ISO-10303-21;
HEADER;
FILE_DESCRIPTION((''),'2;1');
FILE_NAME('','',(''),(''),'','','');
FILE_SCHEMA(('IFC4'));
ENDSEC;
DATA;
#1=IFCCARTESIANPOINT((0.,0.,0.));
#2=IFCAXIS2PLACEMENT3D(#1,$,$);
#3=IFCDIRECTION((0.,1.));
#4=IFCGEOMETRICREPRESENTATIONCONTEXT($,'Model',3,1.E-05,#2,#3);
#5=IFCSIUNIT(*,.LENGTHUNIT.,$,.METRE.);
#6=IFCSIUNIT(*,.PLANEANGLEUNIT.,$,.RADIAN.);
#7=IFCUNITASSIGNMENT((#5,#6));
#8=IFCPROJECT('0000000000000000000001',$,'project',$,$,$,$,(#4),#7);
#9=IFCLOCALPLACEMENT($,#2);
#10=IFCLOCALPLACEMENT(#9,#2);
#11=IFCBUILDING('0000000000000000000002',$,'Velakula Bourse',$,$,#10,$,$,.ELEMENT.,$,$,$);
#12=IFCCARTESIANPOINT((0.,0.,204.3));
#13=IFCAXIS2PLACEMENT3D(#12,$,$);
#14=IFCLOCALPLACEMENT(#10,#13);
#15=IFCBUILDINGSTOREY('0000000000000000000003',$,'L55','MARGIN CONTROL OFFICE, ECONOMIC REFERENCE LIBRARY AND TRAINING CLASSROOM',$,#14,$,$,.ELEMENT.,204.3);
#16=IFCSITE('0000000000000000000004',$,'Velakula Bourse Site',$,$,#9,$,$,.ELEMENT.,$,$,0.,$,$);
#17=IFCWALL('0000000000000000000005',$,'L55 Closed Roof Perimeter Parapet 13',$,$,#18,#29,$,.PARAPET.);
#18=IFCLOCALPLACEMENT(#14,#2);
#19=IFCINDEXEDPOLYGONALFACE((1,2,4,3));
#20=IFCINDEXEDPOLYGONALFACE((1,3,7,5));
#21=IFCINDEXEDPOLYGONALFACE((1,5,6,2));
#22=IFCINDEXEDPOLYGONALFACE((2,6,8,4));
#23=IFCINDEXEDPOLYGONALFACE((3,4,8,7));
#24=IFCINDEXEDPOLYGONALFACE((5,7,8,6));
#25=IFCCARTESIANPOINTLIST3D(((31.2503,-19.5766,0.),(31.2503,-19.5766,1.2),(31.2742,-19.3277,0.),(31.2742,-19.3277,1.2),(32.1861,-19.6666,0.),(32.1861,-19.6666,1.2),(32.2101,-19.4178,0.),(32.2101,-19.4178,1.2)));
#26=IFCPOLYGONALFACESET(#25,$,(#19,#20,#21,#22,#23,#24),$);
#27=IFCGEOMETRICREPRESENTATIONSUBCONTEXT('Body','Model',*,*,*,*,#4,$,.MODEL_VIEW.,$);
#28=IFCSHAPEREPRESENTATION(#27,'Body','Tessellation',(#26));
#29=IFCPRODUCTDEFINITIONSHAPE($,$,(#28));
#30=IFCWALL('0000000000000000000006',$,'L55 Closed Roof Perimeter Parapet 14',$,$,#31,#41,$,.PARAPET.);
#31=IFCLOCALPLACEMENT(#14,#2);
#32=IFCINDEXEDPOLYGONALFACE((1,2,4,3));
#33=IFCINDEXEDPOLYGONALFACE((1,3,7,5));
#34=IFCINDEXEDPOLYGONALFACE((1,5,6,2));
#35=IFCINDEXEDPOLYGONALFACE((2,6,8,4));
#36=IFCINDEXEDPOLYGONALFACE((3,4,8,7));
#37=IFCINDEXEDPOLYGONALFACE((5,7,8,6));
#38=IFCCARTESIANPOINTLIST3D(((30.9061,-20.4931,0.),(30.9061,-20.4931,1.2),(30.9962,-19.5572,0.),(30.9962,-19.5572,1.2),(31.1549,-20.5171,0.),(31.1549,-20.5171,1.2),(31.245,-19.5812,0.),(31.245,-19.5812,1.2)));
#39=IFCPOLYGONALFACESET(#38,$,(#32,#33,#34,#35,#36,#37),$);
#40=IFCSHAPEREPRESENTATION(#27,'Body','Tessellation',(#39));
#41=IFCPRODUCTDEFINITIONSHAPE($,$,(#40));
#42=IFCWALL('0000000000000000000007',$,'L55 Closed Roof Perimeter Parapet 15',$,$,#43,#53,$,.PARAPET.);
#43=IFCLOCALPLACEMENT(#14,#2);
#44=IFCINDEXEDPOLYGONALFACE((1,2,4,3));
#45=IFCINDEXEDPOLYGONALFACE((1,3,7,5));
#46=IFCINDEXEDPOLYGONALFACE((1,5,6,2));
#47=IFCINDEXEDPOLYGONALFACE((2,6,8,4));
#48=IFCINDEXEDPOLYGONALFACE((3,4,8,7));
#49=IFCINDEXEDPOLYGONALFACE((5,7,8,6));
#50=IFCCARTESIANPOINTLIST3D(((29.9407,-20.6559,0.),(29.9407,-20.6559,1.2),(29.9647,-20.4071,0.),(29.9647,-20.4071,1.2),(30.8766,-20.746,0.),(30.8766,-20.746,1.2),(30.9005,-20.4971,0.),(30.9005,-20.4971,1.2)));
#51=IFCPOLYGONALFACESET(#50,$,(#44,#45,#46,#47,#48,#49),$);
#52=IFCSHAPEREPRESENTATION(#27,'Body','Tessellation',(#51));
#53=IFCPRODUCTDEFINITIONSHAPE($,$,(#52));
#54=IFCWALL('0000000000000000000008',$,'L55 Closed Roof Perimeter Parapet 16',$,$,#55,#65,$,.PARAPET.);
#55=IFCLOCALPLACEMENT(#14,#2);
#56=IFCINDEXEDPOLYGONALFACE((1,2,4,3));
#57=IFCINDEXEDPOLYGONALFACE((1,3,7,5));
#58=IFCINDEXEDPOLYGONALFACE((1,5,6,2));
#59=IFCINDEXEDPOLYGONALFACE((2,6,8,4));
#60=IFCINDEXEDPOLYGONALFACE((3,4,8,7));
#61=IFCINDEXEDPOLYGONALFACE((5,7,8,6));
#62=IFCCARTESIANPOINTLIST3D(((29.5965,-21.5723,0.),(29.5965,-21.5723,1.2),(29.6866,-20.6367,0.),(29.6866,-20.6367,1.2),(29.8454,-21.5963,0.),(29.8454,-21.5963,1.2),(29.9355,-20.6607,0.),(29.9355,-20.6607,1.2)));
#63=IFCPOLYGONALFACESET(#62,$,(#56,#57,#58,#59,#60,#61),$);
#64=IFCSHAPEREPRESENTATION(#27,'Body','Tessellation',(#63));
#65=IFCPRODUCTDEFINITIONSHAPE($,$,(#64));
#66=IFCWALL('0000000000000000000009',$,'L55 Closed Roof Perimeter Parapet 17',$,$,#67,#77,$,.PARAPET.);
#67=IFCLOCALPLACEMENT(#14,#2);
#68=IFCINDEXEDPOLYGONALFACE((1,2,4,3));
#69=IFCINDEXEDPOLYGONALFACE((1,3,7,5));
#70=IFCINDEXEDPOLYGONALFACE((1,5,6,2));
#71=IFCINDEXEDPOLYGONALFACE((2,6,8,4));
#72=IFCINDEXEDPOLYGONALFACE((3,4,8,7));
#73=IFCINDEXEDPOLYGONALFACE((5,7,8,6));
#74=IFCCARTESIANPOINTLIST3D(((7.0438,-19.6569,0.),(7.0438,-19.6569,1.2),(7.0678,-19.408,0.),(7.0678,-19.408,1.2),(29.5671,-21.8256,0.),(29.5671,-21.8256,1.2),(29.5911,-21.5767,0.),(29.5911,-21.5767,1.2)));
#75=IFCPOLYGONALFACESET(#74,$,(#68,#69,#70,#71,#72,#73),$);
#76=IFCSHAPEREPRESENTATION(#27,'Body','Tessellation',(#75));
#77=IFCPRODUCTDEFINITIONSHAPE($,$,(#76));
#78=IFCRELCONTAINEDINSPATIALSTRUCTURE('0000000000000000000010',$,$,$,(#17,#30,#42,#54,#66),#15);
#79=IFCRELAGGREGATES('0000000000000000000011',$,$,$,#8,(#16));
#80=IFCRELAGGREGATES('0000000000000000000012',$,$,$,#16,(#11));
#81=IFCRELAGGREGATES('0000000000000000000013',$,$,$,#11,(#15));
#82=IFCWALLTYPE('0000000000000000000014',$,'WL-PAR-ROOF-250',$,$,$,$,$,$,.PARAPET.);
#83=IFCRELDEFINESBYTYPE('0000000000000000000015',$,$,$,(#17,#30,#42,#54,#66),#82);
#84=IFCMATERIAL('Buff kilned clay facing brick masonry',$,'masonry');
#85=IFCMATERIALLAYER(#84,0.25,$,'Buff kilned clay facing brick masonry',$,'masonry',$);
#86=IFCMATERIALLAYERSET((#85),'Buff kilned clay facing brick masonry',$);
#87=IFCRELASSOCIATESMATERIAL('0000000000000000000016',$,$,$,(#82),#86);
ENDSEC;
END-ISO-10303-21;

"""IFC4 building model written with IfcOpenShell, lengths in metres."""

from ifc_helpers import new_model, si_unit, direction, frame, frame_2d, origin, place, context, subcontext, project, spatial, rectangle, extrude, material, layer, layer_set, type_object, element, save


model = new_model("IFC4")

# Units and contexts
model_context = context("Model", 3, precision=1e-05, world=origin(), true_north=direction((0.0, 1.0)))
body_context = subcontext(model_context, "Body", "Model", "MODEL_VIEW")
ifc_project = project(units=[si_unit("LENGTHUNIT", "METRE"), si_unit("PLANEANGLEUNIT", "RADIAN")], contexts=[model_context])

# Site, building, storey
site_placement = place(None, origin())
site = spatial("IfcSite", under=ifc_project, at=site_placement, Name="Velakula Bourse Site", CompositionType="ELEMENT", RefElevation=0.0)
building_placement = place(site_placement, origin())
building = spatial("IfcBuilding", under=site, at=building_placement, Name="Velakula Bourse", CompositionType="ELEMENT")
storey_placement = place(building_placement, frame((0.0, 0.0, 204.3)))
storey = spatial("IfcBuildingStorey", under=building, at=storey_placement, Name="L55", Description="MARGIN CONTROL OFFICE, ECONOMIC REFERENCE LIBRARY AND TRAINING CLASSROOM", CompositionType="ELEMENT", Elevation=204.3)

# Shared definitions
ifc_material_1 = material(Name="Buff kilned clay facing brick masonry", Category="masonry")

# Walls
ifc_layer_1 = layer(ifc_material_1, 0.25, Name="Buff kilned clay facing brick masonry", Category="masonry")
ifc_layer_set_1 = layer_set([ifc_layer_1], Name="Buff kilned clay facing brick masonry")
wall_type_1 = type_object("IfcWallType", Name="WL-PAR-ROOF-250", PredefinedType="PARAPET", material=ifc_layer_set_1)
for number, where, z_axis, x_axis, name in (
    (1, (32.1982, -19.5422, 0.0), (0.0, 0.0, 1.0), (-0.995398, 0.095826, 0.0), "L55 Closed Roof Perimeter Parapet 13"),
    (2, (31.1206, -19.5691, 0.0), (0.0, 0.0, 1.0), (-0.095826, -0.995398, 0.0), "L55 Closed Roof Perimeter Parapet 14"),
    (3, (30.8887, -20.6216, 0.0), (0.0, 0.0, 1.0), (-0.995398, 0.095826, 0.0), "L55 Closed Roof Perimeter Parapet 15"),
):
    element("IfcWall", number, at=place(storey_placement, frame(where, z_axis=z_axis, x_axis=x_axis)), inside=storey, type_object=wall_type_1, Name=name, PredefinedType="PARAPET", context=body_context, shape_type="SweptSolid", body=[
        extrude(rectangle(XDim=0.9402, YDim=0.25, at=frame_2d((0.4702, 0.0))), origin(), (0.0, 0.0, 1.0), 1.2),
    ])
wall_1_placement = place(storey_placement, frame((29.811, -20.6487, 0.0), z_axis=(0.0, 0.0, 1.0), x_axis=(-0.095851, -0.995396, 0.0)))
element("IfcWall", 4, at=wall_1_placement, inside=storey, type_object=wall_type_1, Name="L55 Closed Roof Perimeter Parapet 16", PredefinedType="PARAPET", context=body_context, shape_type="SweptSolid", body=[
    extrude(rectangle(XDim=0.9399, YDim=0.25, at=frame_2d((0.47, 0.0))), origin(), (0.0, 0.0, 1.0), 1.2),
])
wall_2_placement = place(storey_placement, frame((29.5791, -21.7012, 0.0), z_axis=(0.0, 0.0, 1.0), x_axis=(-0.995396, 0.095844, 0.0)))
element("IfcWall", 5, at=wall_2_placement, inside=storey, type_object=wall_type_1, Name="L55 Closed Roof Perimeter Parapet 17", PredefinedType="PARAPET", context=body_context, shape_type="SweptSolid", body=[
    extrude(rectangle(XDim=22.6274, YDim=0.25, at=frame_2d((11.3137, 0.0))), origin(), (0.0, 0.0, 1.0), 1.2),
])

save(model, "model.ifc")
